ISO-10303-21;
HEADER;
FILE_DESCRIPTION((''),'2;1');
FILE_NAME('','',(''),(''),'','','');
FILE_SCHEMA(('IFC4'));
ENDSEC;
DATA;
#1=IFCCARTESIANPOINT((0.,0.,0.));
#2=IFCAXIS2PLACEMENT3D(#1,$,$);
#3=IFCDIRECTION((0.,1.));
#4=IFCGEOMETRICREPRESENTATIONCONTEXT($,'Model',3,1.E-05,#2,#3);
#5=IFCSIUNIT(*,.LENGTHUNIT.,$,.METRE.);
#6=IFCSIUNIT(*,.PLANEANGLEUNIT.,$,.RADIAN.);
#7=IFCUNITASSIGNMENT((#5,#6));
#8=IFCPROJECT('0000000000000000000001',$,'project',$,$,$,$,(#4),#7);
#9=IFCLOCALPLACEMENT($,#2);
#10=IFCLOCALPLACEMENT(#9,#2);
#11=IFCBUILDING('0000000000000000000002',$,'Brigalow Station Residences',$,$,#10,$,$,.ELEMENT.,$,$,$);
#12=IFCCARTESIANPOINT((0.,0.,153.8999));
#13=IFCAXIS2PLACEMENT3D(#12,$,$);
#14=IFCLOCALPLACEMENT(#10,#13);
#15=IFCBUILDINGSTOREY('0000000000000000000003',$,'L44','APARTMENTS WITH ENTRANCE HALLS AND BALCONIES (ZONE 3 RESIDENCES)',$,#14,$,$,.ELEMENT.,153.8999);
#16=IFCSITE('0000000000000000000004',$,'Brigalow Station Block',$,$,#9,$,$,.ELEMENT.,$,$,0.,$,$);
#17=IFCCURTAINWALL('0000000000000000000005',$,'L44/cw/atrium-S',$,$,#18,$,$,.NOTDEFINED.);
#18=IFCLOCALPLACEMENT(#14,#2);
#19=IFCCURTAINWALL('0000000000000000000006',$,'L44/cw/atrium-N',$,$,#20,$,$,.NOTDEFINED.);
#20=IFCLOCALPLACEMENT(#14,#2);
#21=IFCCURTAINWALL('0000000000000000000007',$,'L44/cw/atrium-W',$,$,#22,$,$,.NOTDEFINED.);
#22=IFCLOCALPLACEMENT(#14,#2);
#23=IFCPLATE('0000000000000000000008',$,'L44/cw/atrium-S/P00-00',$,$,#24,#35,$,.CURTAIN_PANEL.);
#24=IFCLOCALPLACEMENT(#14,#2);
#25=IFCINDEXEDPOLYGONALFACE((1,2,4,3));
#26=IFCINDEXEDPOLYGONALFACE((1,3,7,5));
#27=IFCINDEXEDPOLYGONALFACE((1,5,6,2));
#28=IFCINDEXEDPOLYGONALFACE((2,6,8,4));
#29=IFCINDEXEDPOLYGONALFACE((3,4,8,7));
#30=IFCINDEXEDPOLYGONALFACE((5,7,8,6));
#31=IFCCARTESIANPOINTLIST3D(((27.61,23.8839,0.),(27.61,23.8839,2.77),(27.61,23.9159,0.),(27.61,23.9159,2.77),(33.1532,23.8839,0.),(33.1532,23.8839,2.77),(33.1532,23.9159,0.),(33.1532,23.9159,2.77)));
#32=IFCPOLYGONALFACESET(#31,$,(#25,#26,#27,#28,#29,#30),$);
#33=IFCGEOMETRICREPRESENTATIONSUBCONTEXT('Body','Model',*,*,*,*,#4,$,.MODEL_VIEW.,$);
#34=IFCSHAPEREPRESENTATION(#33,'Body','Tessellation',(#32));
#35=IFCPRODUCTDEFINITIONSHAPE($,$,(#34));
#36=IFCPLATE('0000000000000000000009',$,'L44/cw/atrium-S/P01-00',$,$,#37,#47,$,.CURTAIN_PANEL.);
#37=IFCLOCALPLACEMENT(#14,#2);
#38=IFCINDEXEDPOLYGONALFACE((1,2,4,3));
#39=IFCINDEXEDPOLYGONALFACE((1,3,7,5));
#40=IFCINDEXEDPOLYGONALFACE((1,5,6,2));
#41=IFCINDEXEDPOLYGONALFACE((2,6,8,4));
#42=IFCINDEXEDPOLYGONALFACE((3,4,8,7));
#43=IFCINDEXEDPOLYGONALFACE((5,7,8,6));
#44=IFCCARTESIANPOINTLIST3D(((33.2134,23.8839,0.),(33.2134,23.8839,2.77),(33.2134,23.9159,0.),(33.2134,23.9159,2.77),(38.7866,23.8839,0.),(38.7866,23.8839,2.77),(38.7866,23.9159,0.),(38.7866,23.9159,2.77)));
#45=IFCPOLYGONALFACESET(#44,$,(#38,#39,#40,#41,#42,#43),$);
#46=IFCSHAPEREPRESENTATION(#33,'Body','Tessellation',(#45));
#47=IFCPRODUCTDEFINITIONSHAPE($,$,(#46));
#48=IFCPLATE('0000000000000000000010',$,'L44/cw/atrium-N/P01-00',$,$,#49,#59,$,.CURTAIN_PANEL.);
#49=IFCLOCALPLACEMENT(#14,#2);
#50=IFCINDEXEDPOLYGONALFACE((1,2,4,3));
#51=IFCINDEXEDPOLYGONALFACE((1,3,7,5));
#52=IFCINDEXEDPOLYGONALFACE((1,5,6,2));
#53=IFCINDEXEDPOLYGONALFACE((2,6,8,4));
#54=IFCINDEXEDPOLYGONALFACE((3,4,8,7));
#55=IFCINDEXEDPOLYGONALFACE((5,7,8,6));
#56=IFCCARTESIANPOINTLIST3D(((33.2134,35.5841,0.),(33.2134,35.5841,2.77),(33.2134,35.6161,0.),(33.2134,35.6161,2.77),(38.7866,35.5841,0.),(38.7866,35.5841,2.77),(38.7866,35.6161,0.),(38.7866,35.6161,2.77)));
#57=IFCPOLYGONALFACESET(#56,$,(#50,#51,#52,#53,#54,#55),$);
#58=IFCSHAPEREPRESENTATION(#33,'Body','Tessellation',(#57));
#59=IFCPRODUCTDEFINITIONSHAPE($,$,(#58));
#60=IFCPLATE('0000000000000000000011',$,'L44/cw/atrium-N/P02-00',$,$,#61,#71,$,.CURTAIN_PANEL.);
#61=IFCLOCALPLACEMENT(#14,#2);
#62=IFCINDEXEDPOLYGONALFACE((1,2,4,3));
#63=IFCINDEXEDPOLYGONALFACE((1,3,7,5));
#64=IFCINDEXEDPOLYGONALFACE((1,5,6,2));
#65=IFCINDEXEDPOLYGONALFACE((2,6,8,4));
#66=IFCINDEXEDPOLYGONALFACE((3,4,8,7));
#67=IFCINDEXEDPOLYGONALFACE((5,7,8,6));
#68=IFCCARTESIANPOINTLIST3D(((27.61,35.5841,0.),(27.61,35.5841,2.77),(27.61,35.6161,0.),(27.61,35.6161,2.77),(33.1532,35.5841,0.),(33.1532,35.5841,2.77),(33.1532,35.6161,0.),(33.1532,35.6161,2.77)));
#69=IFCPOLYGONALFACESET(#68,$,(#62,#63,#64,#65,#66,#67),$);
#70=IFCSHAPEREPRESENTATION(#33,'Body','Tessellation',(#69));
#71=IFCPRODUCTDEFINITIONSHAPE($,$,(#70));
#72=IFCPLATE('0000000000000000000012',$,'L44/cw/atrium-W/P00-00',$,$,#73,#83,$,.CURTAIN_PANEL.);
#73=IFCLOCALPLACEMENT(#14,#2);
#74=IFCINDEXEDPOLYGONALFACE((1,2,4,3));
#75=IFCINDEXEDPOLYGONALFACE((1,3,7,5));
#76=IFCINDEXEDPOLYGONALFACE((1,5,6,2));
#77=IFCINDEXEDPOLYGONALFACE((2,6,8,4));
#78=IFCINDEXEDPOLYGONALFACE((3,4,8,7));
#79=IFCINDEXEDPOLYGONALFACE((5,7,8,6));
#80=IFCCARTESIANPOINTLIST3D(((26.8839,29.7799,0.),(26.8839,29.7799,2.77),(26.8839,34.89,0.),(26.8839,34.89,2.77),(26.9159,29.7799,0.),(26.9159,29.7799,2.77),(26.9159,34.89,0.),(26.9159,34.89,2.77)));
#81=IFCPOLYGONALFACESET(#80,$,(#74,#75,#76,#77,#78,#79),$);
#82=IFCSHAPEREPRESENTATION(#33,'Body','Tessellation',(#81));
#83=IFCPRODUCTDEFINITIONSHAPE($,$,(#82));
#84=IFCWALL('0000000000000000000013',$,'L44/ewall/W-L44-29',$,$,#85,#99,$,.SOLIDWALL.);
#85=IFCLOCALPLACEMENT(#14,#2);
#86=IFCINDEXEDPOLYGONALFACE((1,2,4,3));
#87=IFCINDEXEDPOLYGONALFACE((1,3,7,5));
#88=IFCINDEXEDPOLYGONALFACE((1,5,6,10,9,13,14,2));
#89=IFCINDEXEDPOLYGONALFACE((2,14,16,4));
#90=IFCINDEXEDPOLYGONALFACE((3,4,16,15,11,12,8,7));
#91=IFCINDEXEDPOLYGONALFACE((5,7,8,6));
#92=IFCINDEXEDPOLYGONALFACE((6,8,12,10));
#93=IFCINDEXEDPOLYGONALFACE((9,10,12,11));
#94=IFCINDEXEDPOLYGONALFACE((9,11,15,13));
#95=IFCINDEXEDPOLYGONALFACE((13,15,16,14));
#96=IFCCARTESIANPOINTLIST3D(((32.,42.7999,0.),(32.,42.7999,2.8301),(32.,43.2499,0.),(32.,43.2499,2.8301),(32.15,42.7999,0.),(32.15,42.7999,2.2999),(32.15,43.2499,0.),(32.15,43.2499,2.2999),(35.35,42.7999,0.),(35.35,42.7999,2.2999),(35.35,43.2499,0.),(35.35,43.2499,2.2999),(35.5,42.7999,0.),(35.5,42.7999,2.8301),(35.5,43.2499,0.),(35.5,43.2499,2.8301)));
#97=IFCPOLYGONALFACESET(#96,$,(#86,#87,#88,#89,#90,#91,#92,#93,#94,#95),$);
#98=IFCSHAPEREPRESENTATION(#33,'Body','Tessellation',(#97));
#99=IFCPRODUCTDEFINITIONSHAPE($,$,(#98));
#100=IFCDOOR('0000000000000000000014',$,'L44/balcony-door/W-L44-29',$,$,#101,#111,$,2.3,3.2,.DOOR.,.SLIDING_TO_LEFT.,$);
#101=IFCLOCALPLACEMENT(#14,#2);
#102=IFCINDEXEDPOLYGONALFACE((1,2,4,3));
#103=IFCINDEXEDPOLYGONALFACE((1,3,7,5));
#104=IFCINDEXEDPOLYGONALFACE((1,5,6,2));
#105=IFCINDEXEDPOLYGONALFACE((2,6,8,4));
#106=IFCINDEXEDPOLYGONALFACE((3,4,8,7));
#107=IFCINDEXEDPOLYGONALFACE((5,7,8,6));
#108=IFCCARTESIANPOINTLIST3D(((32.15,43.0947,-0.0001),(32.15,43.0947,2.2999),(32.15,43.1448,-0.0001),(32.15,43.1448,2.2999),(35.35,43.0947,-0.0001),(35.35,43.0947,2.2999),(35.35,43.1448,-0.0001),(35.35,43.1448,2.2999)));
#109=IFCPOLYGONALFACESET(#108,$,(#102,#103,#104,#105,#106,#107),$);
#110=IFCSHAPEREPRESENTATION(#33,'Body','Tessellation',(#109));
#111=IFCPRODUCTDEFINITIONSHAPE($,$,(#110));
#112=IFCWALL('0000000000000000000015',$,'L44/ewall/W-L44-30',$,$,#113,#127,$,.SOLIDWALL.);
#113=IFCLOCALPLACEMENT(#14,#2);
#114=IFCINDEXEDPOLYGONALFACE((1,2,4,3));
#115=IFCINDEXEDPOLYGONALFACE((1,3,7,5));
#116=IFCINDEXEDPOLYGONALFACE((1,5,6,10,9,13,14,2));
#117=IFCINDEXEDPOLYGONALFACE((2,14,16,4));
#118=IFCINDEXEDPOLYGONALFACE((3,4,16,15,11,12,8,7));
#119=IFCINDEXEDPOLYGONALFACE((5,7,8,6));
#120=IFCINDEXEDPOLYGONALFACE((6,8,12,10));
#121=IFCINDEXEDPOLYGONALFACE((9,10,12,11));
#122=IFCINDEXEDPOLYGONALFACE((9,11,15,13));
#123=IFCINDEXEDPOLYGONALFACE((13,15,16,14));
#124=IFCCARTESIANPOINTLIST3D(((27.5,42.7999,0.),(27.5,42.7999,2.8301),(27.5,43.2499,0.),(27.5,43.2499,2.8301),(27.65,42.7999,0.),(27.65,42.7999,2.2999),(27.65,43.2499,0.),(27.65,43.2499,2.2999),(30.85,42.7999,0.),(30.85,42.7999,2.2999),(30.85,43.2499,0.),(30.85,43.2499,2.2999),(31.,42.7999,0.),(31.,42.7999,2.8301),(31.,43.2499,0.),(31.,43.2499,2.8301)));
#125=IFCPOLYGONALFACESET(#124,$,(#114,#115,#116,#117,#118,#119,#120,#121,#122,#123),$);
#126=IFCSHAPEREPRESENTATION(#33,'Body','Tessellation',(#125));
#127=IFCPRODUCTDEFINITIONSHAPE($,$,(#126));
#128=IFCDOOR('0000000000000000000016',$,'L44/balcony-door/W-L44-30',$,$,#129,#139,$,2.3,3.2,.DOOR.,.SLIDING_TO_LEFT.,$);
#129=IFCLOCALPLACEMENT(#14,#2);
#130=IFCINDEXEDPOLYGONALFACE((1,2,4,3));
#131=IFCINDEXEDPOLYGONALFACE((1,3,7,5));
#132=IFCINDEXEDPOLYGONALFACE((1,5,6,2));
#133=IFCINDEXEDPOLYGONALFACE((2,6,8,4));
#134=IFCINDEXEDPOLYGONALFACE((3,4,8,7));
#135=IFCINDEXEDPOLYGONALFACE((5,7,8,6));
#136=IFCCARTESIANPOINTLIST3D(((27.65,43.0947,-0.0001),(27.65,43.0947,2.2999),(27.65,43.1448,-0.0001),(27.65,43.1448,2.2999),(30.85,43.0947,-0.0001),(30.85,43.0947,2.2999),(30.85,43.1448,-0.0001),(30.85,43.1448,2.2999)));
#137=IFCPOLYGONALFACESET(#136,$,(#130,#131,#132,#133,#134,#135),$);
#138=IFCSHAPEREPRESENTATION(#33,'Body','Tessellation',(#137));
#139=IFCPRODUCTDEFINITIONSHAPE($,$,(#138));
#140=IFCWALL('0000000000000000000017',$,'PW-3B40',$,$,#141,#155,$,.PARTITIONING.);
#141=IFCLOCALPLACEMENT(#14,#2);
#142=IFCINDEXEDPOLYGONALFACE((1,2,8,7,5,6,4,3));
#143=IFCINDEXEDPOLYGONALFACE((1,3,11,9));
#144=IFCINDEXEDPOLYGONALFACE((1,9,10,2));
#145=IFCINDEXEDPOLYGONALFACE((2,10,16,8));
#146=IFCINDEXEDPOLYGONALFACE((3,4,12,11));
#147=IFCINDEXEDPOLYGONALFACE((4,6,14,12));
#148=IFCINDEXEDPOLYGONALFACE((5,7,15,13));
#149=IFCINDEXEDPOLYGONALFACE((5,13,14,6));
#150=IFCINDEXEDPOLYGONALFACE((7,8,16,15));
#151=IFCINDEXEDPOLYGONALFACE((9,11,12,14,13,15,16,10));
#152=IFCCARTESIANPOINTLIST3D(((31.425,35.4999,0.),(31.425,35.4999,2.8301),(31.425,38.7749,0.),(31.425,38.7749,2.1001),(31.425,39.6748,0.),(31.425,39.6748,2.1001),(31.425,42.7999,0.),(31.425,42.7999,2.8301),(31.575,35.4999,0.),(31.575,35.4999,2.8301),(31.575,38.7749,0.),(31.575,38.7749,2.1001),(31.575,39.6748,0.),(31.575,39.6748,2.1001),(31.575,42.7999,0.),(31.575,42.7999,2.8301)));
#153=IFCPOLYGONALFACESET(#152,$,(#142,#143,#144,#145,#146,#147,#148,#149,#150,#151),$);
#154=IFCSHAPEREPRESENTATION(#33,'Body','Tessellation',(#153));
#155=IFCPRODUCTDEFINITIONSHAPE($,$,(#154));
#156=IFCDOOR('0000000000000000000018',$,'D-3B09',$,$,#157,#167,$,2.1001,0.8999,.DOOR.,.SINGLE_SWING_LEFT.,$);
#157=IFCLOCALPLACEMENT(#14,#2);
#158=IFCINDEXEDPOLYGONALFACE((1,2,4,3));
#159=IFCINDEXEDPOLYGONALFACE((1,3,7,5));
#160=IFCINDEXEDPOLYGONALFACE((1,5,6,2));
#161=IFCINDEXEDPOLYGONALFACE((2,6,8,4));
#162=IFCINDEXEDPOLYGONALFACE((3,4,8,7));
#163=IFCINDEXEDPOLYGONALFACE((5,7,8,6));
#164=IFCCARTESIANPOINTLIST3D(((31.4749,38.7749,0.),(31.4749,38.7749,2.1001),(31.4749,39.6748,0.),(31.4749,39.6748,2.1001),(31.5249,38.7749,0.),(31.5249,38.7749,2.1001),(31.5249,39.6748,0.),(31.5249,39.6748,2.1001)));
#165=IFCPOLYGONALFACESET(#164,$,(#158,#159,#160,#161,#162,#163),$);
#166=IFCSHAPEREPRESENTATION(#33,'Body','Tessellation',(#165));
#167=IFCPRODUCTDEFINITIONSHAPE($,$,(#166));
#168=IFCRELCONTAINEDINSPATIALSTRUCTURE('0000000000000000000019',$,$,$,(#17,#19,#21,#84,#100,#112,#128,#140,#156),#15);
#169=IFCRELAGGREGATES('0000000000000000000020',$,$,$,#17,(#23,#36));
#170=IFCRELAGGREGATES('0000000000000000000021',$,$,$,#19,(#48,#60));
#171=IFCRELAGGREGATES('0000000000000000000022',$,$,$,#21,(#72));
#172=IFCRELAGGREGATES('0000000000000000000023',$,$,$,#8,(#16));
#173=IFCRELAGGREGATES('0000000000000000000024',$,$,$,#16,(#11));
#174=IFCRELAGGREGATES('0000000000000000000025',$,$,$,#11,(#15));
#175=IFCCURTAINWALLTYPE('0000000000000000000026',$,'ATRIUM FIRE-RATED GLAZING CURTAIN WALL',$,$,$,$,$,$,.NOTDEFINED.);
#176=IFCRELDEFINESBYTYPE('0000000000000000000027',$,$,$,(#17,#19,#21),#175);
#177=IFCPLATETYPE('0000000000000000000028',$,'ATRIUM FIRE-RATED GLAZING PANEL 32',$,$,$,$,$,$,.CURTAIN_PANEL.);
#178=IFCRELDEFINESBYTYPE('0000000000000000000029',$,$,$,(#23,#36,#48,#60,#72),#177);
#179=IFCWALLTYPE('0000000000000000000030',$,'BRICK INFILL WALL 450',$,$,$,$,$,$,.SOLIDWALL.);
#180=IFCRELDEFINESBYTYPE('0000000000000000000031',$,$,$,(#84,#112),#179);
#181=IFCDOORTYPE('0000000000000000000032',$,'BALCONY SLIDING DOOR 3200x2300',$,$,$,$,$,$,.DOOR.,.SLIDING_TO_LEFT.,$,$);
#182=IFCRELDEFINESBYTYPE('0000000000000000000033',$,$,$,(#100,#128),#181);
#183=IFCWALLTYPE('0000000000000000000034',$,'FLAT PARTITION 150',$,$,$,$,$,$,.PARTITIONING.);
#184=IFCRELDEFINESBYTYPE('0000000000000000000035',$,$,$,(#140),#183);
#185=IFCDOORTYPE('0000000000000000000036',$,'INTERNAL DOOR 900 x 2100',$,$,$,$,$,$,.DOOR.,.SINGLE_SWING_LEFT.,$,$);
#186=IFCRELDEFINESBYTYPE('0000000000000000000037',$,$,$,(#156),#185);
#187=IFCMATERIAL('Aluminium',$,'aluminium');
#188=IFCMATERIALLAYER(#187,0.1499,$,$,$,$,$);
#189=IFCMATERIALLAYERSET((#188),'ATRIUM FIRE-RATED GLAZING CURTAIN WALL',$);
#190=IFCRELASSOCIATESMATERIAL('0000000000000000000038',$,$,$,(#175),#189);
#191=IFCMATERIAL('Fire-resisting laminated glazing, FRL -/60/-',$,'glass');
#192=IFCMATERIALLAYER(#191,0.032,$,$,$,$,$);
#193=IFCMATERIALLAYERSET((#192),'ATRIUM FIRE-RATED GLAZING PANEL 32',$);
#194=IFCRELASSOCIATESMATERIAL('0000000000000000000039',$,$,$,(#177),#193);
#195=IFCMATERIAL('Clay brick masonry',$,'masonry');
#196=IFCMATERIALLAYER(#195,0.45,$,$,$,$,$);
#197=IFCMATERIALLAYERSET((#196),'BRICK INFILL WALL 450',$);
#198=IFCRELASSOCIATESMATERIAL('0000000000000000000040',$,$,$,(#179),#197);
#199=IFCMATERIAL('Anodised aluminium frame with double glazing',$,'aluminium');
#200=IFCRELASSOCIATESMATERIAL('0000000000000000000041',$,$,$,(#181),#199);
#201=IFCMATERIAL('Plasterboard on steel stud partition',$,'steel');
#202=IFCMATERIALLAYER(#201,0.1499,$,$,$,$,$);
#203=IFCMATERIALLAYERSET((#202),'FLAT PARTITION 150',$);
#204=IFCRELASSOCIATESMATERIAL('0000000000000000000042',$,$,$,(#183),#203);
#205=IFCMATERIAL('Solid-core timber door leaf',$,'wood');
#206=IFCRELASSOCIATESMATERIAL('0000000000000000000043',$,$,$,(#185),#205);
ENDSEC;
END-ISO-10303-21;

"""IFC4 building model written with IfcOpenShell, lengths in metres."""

from ifc_helpers import new_model, si_unit, direction, frame, frame_2d, origin, origin_2d, place, context, subcontext, project, spatial, rectangle, extrude, material, layer, layer_set, type_object, element, fill, aggregate, save


model = new_model("IFC4")

# Units and contexts
model_context = context("Model", 3, precision=1e-05, world=origin(), true_north=direction((0.0, 1.0)))
body_context = subcontext(model_context, "Body", "Model", "MODEL_VIEW")
ifc_project = project(units=[si_unit("LENGTHUNIT", "METRE"), si_unit("PLANEANGLEUNIT", "RADIAN")], contexts=[model_context])

# Site, building, storey
site_placement = place(None, origin())
site = spatial("IfcSite", under=ifc_project, at=site_placement, Name="Brigalow Station Block", CompositionType="ELEMENT", RefElevation=0.0)
building_placement = place(site_placement, origin())
building = spatial("IfcBuilding", under=site, at=building_placement, Name="Brigalow Station Residences", CompositionType="ELEMENT")
storey_placement = place(building_placement, frame((0.0, 0.0, 153.8999)))
storey = spatial("IfcBuildingStorey", under=building, at=storey_placement, Name="L44", Description="APARTMENTS WITH ENTRANCE HALLS AND BALCONIES (ZONE 3 RESIDENCES)", CompositionType="ELEMENT", Elevation=153.8999)

# Curtain wall
ifc_material_1 = material(Name="Aluminium", Category="aluminium")
ifc_layer_1 = layer(ifc_material_1, 0.1499)
ifc_layer_set_1 = layer_set([ifc_layer_1], Name="ATRIUM FIRE-RATED GLAZING CURTAIN WALL")
curtain_wall_type = type_object("IfcCurtainWallType", Name="ATRIUM FIRE-RATED GLAZING CURTAIN WALL", PredefinedType="NOTDEFINED", material=ifc_layer_set_1)
curtain_wall_1_placement = place(storey_placement, origin())
curtain_wall_1 = element("IfcCurtainWall", 1, at=curtain_wall_1_placement, inside=storey, type_object=curtain_wall_type, Name="L44/cw/atrium-S", PredefinedType="NOTDEFINED")

# Curtain walls
curtain_wall_2_placement = place(storey_placement, origin())
curtain_wall_2 = element("IfcCurtainWall", 2, at=curtain_wall_2_placement, inside=storey, type_object=curtain_wall_type, Name="L44/cw/atrium-N", PredefinedType="NOTDEFINED")
curtain_wall_3_placement = place(storey_placement, origin())
curtain_wall_3 = element("IfcCurtainWall", 3, at=curtain_wall_3_placement, inside=storey, type_object=curtain_wall_type, Name="L44/cw/atrium-W", PredefinedType="NOTDEFINED")

# Plates
ifc_material_2 = material(Name="Fire-resisting laminated glazing, FRL -/60/-", Category="glass")
ifc_layer_2 = layer(ifc_material_2, 0.032)
ifc_layer_set_2 = layer_set([ifc_layer_2], Name="ATRIUM FIRE-RATED GLAZING PANEL 32")
plate_type = type_object("IfcPlateType", Name="ATRIUM FIRE-RATED GLAZING PANEL 32", PredefinedType="CURTAIN_PANEL", material=ifc_layer_set_2)
plate_1_placement = place(storey_placement, frame((30.3816, 23.8999, 0.0), z_axis=(0.0, 0.0, 1.0), x_axis=(1.0, 0.0, 0.0)))
plate_1 = element("IfcPlate", 4, at=plate_1_placement, type_object=plate_type, Name="L44/cw/atrium-S/P00-00", PredefinedType="CURTAIN_PANEL", context=body_context, shape_type="SweptSolid", body=[
    extrude(rectangle(XDim=5.5432, YDim=0.032, at=origin_2d()), origin(), (0.0, 0.0, 1.0), 2.77),
])
plate_2_placement = place(storey_placement, frame((36.0, 23.8999, 0.0), z_axis=(0.0, 0.0, 1.0), x_axis=(1.0, 0.0, 0.0)))
plate_2 = element("IfcPlate", 5, at=plate_2_placement, type_object=plate_type, Name="L44/cw/atrium-S/P01-00", PredefinedType="CURTAIN_PANEL", context=body_context, shape_type="SweptSolid", body=[
    extrude(rectangle(XDim=5.5732, YDim=0.032, at=origin_2d()), origin(), (0.0, 0.0, 1.0), 2.77),
])
aggregate(curtain_wall_1, [plate_1, plate_2])
plate_3_placement = place(storey_placement, frame((36.0, 35.6001, 0.0), z_axis=(0.0, 0.0, 1.0), x_axis=(-1.0, 0.0, 0.0)))
plate_3 = element("IfcPlate", 6, at=plate_3_placement, type_object=plate_type, Name="L44/cw/atrium-N/P01-00", PredefinedType="CURTAIN_PANEL", context=body_context, shape_type="SweptSolid", body=[
    extrude(rectangle(XDim=5.5732, YDim=0.032, at=origin_2d()), origin(), (0.0, 0.0, 1.0), 2.77),
])
plate_4_placement = place(storey_placement, frame((30.3816, 35.6001, 0.0), z_axis=(0.0, 0.0, 1.0), x_axis=(-1.0, 0.0, 0.0)))
plate_4 = element("IfcPlate", 7, at=plate_4_placement, type_object=plate_type, Name="L44/cw/atrium-N/P02-00", PredefinedType="CURTAIN_PANEL", context=body_context, shape_type="SweptSolid", body=[
    extrude(rectangle(XDim=5.5432, YDim=0.032, at=origin_2d()), origin(), (0.0, 0.0, 1.0), 2.77),
])
aggregate(curtain_wall_2, [plate_3, plate_4])
plate_5_placement = place(storey_placement, frame((26.8999, 32.335, 0.0), z_axis=(0.0, 0.0, 1.0), x_axis=(0.0, -1.0, 0.0)))
plate_5 = element("IfcPlate", 8, at=plate_5_placement, type_object=plate_type, Name="L44/cw/atrium-W/P00-00", PredefinedType="CURTAIN_PANEL", context=body_context, shape_type="SweptSolid", body=[
    extrude(rectangle(XDim=5.1101, YDim=0.032, at=origin_2d()), origin(), (0.0, 0.0, 1.0), 2.77),
])
aggregate(curtain_wall_3, [plate_5])

# Walls, openings, doors
ifc_material_3 = material(Name="Clay brick masonry", Category="masonry")
ifc_layer_3 = layer(ifc_material_3, 0.45)
ifc_layer_set_3 = layer_set([ifc_layer_3], Name="BRICK INFILL WALL 450")
wall_type_1 = type_object("IfcWallType", Name="BRICK INFILL WALL 450", PredefinedType="SOLIDWALL", material=ifc_layer_set_3)
wall_1_placement = place(storey_placement, frame((35.5, 43.0249, 0.0), z_axis=(0.0, 0.0, 1.0), x_axis=(-1.0, 0.0, 0.0)))
wall_1 = element("IfcWall", 9, at=wall_1_placement, inside=storey, type_object=wall_type_1, Name="L44/ewall/W-L44-29", PredefinedType="SOLIDWALL", context=body_context, shape_type="SweptSolid", body=[
    extrude(rectangle(XDim=3.5, YDim=0.45, at=frame_2d((1.75, 0.0))), origin(), (0.0, 0.0, 1.0), 2.8301),
])
opening_1_placement = place(wall_1_placement, frame((0.1499, 0.0, 0.0)))
opening_1 = element("IfcOpeningElement", 10, at=opening_1_placement, cuts=wall_1, PredefinedType="OPENING", context=body_context, shape_type="SweptSolid", body=[
    extrude(rectangle(XDim=3.2, YDim=2.3, at=frame_2d((1.6001, 1.1499))), frame((0.0, 0.2349, 0.0), z_axis=(0.0, -1.0, 0.0), x_axis=(1.0, 0.0, 0.0)), (0.0, 0.0, 1.0), 0.47),
])
ifc_material_4 = material(Name="Anodised aluminium frame with double glazing", Category="aluminium")
door_type_1 = type_object("IfcDoorType", Name="BALCONY SLIDING DOOR 3200x2300", OperationType="SLIDING_TO_LEFT", PredefinedType="DOOR", material=ifc_material_4)
door_1_placement = place(opening_1_placement, origin())
door_1 = element("IfcDoor", 11, at=door_1_placement, inside=storey, type_object=door_type_1, Name="L44/balcony-door/W-L44-29", OperationType="SLIDING_TO_LEFT", OverallHeight=2.3, OverallWidth=3.2, PredefinedType="DOOR", context=body_context, shape_type="SweptSolid", body=[
    extrude(rectangle(XDim=3.2, YDim=2.3, at=frame_2d((1.6001, 1.1499))), frame((0.0, -0.0698, 0.0), z_axis=(0.0, -1.0, 0.0), x_axis=(1.0, 0.0, 0.0)), (0.0, 0.0, 1.0), 0.05),
])
fill(opening_1, door_1)
wall_2_placement = place(storey_placement, frame((31.0, 43.0249, 0.0), z_axis=(0.0, 0.0, 1.0), x_axis=(-1.0, 0.0, 0.0)))
wall_2 = element("IfcWall", 12, at=wall_2_placement, inside=storey, type_object=wall_type_1, Name="L44/ewall/W-L44-30", PredefinedType="SOLIDWALL", context=body_context, shape_type="SweptSolid", body=[
    extrude(rectangle(XDim=3.5, YDim=0.45, at=frame_2d((1.75, 0.0))), origin(), (0.0, 0.0, 1.0), 2.8301),
])
opening_2_placement = place(wall_2_placement, frame((0.1499, 0.0, 0.0)))
opening_2 = element("IfcOpeningElement", 13, at=opening_2_placement, cuts=wall_2, PredefinedType="OPENING", context=body_context, shape_type="SweptSolid", body=[
    extrude(rectangle(XDim=3.2, YDim=2.3, at=frame_2d((1.6001, 1.1499))), frame((0.0, 0.2349, 0.0), z_axis=(0.0, -1.0, 0.0), x_axis=(1.0, 0.0, 0.0)), (0.0, 0.0, 1.0), 0.47),
])
door_2_placement = place(opening_2_placement, origin())
door_2 = element("IfcDoor", 14, at=door_2_placement, inside=storey, type_object=door_type_1, Name="L44/balcony-door/W-L44-30", OperationType="SLIDING_TO_LEFT", OverallHeight=2.3, OverallWidth=3.2, PredefinedType="DOOR", context=body_context, shape_type="SweptSolid", body=[
    extrude(rectangle(XDim=3.2, YDim=2.3, at=frame_2d((1.6001, 1.1499))), frame((0.0, -0.0698, 0.0), z_axis=(0.0, -1.0, 0.0), x_axis=(1.0, 0.0, 0.0)), (0.0, 0.0, 1.0), 0.05),
])
fill(opening_2, door_2)
ifc_material_5 = material(Name="Plasterboard on steel stud partition", Category="steel")
ifc_layer_4 = layer(ifc_material_5, 0.1499)
ifc_layer_set_4 = layer_set([ifc_layer_4], Name="FLAT PARTITION 150")
wall_type_2 = type_object("IfcWallType", Name="FLAT PARTITION 150", PredefinedType="PARTITIONING", material=ifc_layer_set_4)
wall_3_placement = place(storey_placement, frame((31.5, 35.5, 0.0), z_axis=(0.0, 0.0, 1.0), x_axis=(0.0, 1.0, 0.0)))
wall_3 = element("IfcWall", 15, at=wall_3_placement, inside=storey, type_object=wall_type_2, Name="PW-3B40", PredefinedType="PARTITIONING", context=body_context, shape_type="SweptSolid", body=[
    extrude(rectangle(XDim=7.3, YDim=0.1499, at=frame_2d((3.6499, 0.0))), origin(), (0.0, 0.0, 1.0), 2.8301),
])
opening_3_placement = place(wall_3_placement, frame((3.2749, 0.0, 0.0)))
opening_3 = element("IfcOpeningElement", 16, at=opening_3_placement, cuts=wall_3, PredefinedType="OPENING", context=body_context, shape_type="SweptSolid", body=[
    extrude(rectangle(XDim=0.8999, YDim=2.1001, at=frame_2d((0.45, 1.05))), frame((0.0, 0.085, 0.0), z_axis=(0.0, -1.0, 0.0), x_axis=(1.0, 0.0, 0.0)), (0.0, 0.0, 1.0), 0.1699),
])
ifc_material_6 = material(Name="Solid-core timber door leaf", Category="wood")
door_type_2 = type_object("IfcDoorType", Name="INTERNAL DOOR 900 x 2100", OperationType="SINGLE_SWING_LEFT", PredefinedType="DOOR", material=ifc_material_6)
door_3_placement = place(opening_3_placement, frame((0.8999, 0.0, 0.0), z_axis=(0.0, 0.0, 1.0), x_axis=(-1.0, 0.0, 0.0)))
door_3 = element("IfcDoor", 17, at=door_3_placement, inside=storey, type_object=door_type_2, Name="D-3B09", OperationType="SINGLE_SWING_LEFT", OverallHeight=2.1001, OverallWidth=0.8999, PredefinedType="DOOR", context=body_context, shape_type="SweptSolid", body=[
    extrude(rectangle(XDim=0.8999, YDim=2.1001, at=frame_2d((0.45, 1.05))), frame((0.0, 0.0249, 0.0), z_axis=(0.0, -1.0, 0.0), x_axis=(1.0, 0.0, 0.0)), (0.0, 0.0, 1.0), 0.05),
])
fill(opening_3, door_3)

save(model, "model.ifc")
